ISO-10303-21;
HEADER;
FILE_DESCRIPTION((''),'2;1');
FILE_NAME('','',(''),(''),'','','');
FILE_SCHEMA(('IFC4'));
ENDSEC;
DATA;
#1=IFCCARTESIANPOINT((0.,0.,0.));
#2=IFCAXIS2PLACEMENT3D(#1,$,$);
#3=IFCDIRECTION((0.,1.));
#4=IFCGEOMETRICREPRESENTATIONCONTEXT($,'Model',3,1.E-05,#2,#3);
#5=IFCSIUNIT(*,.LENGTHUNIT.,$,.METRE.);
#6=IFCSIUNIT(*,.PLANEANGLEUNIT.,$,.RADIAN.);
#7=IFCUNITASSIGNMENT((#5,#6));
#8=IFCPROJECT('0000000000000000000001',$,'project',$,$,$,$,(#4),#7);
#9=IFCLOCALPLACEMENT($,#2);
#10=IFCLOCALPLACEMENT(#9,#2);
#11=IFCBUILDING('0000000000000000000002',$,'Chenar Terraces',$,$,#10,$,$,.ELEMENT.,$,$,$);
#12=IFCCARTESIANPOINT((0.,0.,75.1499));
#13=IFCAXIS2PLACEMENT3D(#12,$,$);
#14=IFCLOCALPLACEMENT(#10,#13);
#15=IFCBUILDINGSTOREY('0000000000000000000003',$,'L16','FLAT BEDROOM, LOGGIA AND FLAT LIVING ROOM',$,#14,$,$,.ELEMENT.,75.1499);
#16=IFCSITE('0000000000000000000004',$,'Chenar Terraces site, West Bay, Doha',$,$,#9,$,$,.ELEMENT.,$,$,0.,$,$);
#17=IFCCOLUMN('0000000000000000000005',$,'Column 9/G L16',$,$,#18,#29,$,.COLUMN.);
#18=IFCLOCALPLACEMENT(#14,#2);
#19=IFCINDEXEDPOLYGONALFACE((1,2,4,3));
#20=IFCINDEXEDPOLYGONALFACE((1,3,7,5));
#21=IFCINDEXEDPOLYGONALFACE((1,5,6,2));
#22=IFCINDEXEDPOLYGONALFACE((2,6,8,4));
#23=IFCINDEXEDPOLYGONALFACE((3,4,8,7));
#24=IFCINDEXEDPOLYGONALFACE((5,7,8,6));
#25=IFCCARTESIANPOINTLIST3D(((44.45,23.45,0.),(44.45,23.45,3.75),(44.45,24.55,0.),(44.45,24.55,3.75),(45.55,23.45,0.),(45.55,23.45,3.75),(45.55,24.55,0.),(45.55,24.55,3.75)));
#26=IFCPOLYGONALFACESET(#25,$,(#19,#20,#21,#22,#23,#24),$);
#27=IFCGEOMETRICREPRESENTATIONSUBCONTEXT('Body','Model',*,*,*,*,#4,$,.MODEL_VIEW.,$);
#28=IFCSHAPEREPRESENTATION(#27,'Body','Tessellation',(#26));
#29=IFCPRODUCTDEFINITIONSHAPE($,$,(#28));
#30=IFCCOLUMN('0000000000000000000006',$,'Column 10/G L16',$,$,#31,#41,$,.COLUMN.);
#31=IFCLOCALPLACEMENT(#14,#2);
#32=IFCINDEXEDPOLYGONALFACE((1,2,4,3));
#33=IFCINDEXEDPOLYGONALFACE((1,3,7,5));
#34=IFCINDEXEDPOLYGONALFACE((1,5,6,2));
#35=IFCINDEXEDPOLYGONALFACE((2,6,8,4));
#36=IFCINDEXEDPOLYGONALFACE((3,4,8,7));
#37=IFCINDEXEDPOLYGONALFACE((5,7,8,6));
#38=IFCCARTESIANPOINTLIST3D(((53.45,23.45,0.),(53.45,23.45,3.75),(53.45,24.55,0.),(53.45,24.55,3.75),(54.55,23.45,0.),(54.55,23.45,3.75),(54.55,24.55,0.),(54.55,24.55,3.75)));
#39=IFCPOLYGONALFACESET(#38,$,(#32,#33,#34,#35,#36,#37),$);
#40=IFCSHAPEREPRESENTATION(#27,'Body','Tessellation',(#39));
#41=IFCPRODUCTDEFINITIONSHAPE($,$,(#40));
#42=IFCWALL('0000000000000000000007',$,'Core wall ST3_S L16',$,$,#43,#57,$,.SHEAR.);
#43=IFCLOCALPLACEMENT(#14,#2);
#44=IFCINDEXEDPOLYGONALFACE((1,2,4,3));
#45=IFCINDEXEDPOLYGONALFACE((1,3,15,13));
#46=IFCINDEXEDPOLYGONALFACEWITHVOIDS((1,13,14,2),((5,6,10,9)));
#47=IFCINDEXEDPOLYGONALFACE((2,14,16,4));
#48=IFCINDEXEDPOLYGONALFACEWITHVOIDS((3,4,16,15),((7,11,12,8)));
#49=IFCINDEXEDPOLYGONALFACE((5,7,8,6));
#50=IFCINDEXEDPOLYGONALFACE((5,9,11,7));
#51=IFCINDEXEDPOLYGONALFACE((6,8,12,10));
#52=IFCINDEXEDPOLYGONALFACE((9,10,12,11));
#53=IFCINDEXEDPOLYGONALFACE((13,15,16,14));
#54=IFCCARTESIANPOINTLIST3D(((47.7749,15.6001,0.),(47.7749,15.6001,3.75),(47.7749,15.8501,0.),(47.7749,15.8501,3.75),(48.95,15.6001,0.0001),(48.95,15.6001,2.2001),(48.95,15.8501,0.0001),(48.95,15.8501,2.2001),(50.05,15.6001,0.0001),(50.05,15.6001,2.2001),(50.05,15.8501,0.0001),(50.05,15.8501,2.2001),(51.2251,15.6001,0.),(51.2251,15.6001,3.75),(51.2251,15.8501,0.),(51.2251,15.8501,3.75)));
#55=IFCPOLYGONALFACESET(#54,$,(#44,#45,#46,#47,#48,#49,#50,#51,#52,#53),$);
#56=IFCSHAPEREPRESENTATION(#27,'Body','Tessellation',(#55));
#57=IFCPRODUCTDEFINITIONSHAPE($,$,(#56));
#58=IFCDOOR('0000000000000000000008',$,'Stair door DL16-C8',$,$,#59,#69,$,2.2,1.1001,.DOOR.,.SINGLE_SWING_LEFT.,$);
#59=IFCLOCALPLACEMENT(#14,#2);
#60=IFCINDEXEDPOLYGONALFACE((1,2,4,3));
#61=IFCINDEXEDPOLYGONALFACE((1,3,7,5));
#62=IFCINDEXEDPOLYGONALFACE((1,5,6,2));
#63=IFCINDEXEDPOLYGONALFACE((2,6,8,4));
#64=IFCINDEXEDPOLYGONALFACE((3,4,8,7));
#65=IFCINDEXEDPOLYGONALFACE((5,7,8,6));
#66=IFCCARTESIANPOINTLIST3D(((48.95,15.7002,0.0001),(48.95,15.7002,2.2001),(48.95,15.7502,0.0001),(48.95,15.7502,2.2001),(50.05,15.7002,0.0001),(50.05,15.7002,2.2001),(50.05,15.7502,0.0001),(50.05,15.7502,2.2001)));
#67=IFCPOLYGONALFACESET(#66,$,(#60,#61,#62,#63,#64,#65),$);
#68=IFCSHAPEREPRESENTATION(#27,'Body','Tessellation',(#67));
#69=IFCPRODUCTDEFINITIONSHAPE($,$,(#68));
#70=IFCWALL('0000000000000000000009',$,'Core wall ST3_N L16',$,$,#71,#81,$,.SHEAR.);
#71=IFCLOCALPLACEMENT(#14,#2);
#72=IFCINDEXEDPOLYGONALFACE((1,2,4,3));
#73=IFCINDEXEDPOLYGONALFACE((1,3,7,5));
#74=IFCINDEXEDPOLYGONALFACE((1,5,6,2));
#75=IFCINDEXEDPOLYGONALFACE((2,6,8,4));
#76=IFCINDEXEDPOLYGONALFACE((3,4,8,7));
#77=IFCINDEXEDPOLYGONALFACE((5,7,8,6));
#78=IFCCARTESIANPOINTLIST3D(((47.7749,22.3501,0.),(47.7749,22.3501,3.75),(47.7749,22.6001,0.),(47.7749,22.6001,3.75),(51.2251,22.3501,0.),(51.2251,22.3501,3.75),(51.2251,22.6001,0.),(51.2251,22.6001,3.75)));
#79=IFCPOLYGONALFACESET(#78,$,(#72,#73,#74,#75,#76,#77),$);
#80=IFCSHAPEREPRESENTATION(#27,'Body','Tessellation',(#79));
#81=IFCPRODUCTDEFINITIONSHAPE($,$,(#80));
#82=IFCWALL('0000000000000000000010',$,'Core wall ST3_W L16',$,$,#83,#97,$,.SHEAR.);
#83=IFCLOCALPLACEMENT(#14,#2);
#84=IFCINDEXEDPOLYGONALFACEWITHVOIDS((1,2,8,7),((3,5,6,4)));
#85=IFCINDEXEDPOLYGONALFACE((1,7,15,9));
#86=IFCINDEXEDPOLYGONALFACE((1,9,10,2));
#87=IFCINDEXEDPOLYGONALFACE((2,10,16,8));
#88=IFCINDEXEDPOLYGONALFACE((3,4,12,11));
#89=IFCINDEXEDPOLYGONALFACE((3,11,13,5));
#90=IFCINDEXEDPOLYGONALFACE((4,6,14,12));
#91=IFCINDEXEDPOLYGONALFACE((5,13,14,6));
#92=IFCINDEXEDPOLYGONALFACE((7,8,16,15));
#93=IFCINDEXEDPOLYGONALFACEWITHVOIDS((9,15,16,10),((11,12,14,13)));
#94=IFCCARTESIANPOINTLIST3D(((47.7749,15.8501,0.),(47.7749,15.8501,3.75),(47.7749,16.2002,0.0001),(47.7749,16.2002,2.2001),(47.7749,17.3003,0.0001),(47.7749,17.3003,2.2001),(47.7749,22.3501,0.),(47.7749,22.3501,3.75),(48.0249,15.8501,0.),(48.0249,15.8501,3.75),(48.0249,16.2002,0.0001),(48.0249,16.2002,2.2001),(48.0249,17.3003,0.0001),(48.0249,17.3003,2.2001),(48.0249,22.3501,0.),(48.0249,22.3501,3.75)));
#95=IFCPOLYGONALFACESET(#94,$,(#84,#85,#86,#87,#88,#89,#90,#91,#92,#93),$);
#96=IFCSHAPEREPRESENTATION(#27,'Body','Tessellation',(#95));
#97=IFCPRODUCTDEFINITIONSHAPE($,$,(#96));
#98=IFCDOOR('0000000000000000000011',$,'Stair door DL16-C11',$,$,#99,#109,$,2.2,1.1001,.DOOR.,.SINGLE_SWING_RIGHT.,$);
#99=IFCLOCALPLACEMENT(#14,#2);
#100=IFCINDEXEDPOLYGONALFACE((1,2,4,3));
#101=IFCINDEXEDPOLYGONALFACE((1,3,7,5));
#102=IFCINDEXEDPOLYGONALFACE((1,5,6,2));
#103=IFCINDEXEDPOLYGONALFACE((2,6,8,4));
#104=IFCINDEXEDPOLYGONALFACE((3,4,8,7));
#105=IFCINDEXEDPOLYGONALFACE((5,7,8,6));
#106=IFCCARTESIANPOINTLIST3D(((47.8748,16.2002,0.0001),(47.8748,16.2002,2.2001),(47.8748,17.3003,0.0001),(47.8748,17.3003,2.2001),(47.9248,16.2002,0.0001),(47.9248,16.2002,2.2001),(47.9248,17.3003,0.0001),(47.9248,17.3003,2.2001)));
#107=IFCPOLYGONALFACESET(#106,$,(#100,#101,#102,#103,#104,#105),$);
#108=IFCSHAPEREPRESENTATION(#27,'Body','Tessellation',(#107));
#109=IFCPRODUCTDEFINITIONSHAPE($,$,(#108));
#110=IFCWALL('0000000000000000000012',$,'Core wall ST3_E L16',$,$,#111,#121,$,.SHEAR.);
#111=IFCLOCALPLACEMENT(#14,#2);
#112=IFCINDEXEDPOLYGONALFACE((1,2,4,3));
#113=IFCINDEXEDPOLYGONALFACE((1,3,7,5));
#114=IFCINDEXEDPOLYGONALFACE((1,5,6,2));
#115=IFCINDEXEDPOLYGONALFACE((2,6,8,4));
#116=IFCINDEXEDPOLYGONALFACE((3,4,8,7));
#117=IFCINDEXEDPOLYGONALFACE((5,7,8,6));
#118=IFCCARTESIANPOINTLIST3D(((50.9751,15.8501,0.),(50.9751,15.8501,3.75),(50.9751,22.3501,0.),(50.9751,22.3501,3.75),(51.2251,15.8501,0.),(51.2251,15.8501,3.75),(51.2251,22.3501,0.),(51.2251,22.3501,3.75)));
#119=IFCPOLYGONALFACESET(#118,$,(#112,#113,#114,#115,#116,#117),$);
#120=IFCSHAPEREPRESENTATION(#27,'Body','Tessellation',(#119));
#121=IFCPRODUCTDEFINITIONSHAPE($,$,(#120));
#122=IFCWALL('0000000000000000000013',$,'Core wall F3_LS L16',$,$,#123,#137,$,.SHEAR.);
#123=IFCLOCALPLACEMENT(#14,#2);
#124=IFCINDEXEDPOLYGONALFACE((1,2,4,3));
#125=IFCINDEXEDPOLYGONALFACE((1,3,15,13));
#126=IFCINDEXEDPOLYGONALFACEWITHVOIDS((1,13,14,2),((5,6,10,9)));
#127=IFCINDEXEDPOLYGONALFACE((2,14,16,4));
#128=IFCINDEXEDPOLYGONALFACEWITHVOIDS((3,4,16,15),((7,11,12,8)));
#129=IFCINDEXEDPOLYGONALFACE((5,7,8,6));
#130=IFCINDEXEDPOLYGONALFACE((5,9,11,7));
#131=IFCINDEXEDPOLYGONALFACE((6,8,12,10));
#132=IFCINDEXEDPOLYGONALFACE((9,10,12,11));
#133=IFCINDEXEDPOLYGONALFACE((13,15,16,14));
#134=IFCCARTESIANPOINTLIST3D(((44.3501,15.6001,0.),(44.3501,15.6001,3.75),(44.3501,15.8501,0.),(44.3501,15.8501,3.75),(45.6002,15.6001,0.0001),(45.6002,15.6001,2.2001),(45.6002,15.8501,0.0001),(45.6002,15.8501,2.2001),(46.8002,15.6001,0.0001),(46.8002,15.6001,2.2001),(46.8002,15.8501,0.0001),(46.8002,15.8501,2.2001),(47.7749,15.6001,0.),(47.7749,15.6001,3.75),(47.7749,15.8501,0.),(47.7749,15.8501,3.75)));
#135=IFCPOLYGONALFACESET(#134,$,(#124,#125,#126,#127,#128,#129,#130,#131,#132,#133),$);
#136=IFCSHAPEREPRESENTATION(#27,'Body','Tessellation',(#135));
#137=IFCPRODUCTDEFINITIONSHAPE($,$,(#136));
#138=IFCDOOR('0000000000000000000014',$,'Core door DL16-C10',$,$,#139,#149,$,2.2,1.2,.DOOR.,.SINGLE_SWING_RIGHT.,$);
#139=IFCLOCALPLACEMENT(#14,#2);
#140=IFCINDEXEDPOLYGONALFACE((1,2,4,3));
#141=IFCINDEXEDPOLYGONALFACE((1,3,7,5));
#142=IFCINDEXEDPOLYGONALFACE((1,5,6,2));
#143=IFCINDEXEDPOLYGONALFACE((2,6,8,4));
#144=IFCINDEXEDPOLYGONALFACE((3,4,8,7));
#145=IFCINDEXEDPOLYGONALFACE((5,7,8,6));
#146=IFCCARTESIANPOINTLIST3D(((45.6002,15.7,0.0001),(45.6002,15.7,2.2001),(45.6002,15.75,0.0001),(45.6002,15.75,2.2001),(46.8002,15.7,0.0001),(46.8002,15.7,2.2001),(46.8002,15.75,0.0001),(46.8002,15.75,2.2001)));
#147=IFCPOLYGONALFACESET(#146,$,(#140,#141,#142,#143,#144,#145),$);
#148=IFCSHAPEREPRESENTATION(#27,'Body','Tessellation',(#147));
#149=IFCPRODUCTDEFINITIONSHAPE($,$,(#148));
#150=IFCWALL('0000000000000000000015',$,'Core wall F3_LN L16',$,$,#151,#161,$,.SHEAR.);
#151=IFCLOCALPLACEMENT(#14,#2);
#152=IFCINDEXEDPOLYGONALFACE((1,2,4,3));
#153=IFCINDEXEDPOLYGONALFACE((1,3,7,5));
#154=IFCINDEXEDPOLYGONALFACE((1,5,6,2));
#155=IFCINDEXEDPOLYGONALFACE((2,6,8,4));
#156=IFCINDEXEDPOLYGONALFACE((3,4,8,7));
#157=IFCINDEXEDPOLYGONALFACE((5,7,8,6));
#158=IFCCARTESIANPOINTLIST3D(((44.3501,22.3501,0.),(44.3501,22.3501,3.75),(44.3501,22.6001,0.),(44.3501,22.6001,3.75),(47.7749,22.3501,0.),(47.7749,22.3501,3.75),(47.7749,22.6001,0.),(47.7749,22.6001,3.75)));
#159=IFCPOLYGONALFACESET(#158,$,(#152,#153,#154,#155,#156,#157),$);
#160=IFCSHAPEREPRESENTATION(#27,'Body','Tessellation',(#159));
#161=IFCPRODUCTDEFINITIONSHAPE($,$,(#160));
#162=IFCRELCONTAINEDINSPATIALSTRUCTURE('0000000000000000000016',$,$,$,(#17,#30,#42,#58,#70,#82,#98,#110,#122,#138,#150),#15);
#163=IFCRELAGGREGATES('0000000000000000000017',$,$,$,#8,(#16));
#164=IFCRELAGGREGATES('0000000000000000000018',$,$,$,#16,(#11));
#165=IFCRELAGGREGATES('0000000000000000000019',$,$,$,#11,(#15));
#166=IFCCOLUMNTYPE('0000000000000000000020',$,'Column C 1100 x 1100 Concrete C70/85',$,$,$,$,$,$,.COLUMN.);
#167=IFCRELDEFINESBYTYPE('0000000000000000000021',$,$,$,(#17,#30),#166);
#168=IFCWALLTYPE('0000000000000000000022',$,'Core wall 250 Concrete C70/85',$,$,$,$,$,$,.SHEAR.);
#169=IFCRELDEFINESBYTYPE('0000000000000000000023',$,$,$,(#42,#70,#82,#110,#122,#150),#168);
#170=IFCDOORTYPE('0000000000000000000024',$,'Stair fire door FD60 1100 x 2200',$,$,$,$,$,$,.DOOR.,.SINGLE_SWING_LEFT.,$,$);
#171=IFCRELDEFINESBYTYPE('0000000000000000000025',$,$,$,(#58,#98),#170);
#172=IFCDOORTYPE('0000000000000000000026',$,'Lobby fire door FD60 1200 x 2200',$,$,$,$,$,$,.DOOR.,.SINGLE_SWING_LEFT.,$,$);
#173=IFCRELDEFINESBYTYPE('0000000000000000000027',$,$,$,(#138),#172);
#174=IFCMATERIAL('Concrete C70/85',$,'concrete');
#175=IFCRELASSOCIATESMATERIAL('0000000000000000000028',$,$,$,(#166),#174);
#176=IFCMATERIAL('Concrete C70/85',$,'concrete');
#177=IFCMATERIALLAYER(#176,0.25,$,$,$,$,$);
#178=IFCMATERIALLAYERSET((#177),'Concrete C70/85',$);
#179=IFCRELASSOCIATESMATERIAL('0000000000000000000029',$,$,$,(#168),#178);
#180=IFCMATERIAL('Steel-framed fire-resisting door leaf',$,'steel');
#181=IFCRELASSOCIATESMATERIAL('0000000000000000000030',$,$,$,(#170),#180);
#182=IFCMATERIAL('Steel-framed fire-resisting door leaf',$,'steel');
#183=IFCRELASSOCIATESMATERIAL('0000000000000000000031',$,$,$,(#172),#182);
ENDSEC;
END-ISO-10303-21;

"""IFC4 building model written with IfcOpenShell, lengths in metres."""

from ifc_helpers import new_model, si_unit, direction, frame, frame_2d, origin, origin_2d, place, context, subcontext, project, spatial, rectangle, extrude, material, layer, layer_set, material_profile, profile_set, type_object, element, fill, save


model = new_model("IFC4")

# Units and contexts
model_context = context("Model", 3, precision=1e-05, world=origin(), true_north=direction((0.0, 1.0)))
body_context = subcontext(model_context, "Body", "Model", "MODEL_VIEW")
ifc_project = project(units=[si_unit("LENGTHUNIT", "METRE"), si_unit("PLANEANGLEUNIT", "RADIAN")], contexts=[model_context])

# Site, building, storey
site_placement = place(None, origin())
site = spatial("IfcSite", under=ifc_project, at=site_placement, Name="Chenar Terraces site, West Bay, Doha", CompositionType="ELEMENT", RefElevation=0.0)
building_placement = place(site_placement, origin())
building = spatial("IfcBuilding", under=site, at=building_placement, Name="Chenar Terraces", CompositionType="ELEMENT")
storey_placement = place(building_placement, frame((0.0, 0.0, 75.1499)))
storey = spatial("IfcBuildingStorey", under=building, at=storey_placement, Name="L16", Description="FLAT BEDROOM, LOGGIA AND FLAT LIVING ROOM", CompositionType="ELEMENT", Elevation=75.1499)

# Columns
ifc_material_1 = material(Name="Concrete C70/85", Category="concrete")
ifc_material_profile = material_profile(ifc_material_1, rectangle(XDim=1.1001, YDim=1.1001, at=origin_2d()), Name="C 1100 x 1100")
ifc_profile_set = profile_set([ifc_material_profile], Name="Concrete C70/85")
column_type = type_object("IfcColumnType", Name="Column C 1100 x 1100 Concrete C70/85", PredefinedType="COLUMN", material=ifc_profile_set)
for number, where, z_axis, x_axis, name in (
    (1, (45.0, 24.0, 0.0), (0.0, 0.0, 1.0), (1.0, 0.0, 0.0), "Column 9/G L16"),
    (2, (54.0, 24.0, 0.0), (0.0, 0.0, 1.0), (1.0, 0.0, 0.0), "Column 10/G L16"),
):
    element("IfcColumn", number, at=place(storey_placement, frame(where, z_axis=z_axis, x_axis=x_axis)), inside=storey, type_object=column_type, Name=name, PredefinedType="COLUMN", context=body_context, shape_type="SweptSolid", body=[
        extrude(rectangle(XDim=1.1001, YDim=1.1001, at=origin_2d()), origin(), (0.0, 0.0, 1.0), 3.75),
    ])

# Wall, opening, door
ifc_material_2 = material(Name="Concrete C70/85", Category="concrete")
ifc_layer_1 = layer(ifc_material_2, 0.25)
ifc_layer_set_1 = layer_set([ifc_layer_1], Name="Concrete C70/85")
wall_type_1 = type_object("IfcWallType", Name="Core wall 250 Concrete C70/85", PredefinedType="SHEAR", material=ifc_layer_set_1)
wall_1_placement = place(storey_placement, frame((47.7749, 15.7251, 0.0), z_axis=(0.0, 0.0, 1.0), x_axis=(1.0, 0.0, 0.0)))
wall_1 = element("IfcWall", 3, at=wall_1_placement, inside=storey, type_object=wall_type_1, Name="Core wall ST3_S L16", PredefinedType="SHEAR", context=body_context, shape_type="SweptSolid", body=[
    extrude(rectangle(XDim=3.4502, YDim=0.25, at=frame_2d((1.7251, 0.0))), origin(), (0.0, 0.0, 1.0), 3.75),
])
opening_1_placement = place(wall_1_placement, frame((1.175, 0.0, 0.0)))
opening_1 = element("IfcOpeningElement", 4, at=opening_1_placement, cuts=wall_1, PredefinedType="OPENING", context=body_context, shape_type="SweptSolid", body=[
    extrude(rectangle(XDim=1.1001, YDim=2.2, at=frame_2d((0.55, 1.1001))), frame((0.0, 0.135, 0.0), z_axis=(0.0, -1.0, 0.0), x_axis=(1.0, 0.0, 0.0)), (0.0, 0.0, 1.0), 0.27),
])
ifc_material_3 = material(Name="Steel-framed fire-resisting door leaf", Category="steel")
door_type_1 = type_object("IfcDoorType", Name="Stair fire door FD60 1100 x 2200", OperationType="SINGLE_SWING_LEFT", PredefinedType="DOOR", material=ifc_material_3)
door_1_placement = place(opening_1_placement, frame((1.1001, 0.0, 0.0), z_axis=(0.0, 0.0, 1.0), x_axis=(-1.0, 0.0, 0.0)))
door_1 = element("IfcDoor", 5, at=door_1_placement, inside=storey, type_object=door_type_1, Name="Stair door DL16-C8", OperationType="SINGLE_SWING_LEFT", OverallHeight=2.2, OverallWidth=1.1001, PredefinedType="DOOR", context=body_context, shape_type="SweptSolid", body=[
    extrude(rectangle(XDim=1.1001, YDim=2.2, at=frame_2d((0.55, 1.1001))), frame((0.0, 0.0249, 0.0), z_axis=(0.0, -1.0, 0.0), x_axis=(1.0, 0.0, 0.0)), (0.0, 0.0, 1.0), 0.05),
])
fill(opening_1, door_1)

# Wall
wall_2_placement = place(storey_placement, frame((47.7749, 22.4751, 0.0), z_axis=(0.0, 0.0, 1.0), x_axis=(1.0, 0.0, 0.0)))
element("IfcWall", 6, at=wall_2_placement, inside=storey, type_object=wall_type_1, Name="Core wall ST3_N L16", PredefinedType="SHEAR", context=body_context, shape_type="SweptSolid", body=[
    extrude(rectangle(XDim=3.4502, YDim=0.25, at=frame_2d((1.7251, 0.0))), origin(), (0.0, 0.0, 1.0), 3.75),
])

# Wall, opening, door
wall_3_placement = place(storey_placement, frame((47.8999, 15.8501, 0.0), z_axis=(0.0, 0.0, 1.0), x_axis=(0.0, 1.0, 0.0)))
wall_3 = element("IfcWall", 7, at=wall_3_placement, inside=storey, type_object=wall_type_1, Name="Core wall ST3_W L16", PredefinedType="SHEAR", context=body_context, shape_type="SweptSolid", body=[
    extrude(rectangle(XDim=6.5, YDim=0.25, at=frame_2d((3.25, 0.0))), origin(), (0.0, 0.0, 1.0), 3.75),
])
opening_2_placement = place(wall_3_placement, frame((0.3501, 0.0, 0.0)))
opening_2 = element("IfcOpeningElement", 8, at=opening_2_placement, cuts=wall_3, PredefinedType="OPENING", context=body_context, shape_type="SweptSolid", body=[
    extrude(rectangle(XDim=1.1001, YDim=2.2, at=frame_2d((0.55, 1.1001))), frame((0.0, 0.135, 0.0), z_axis=(0.0, -1.0, 0.0), x_axis=(1.0, 0.0, 0.0)), (0.0, 0.0, 1.0), 0.27),
])
door_2_placement = place(opening_2_placement, frame((1.1001, 0.0, 0.0), z_axis=(0.0, 0.0, 1.0), x_axis=(-1.0, 0.0, 0.0)))
door_2 = element("IfcDoor", 9, at=door_2_placement, inside=storey, type_object=door_type_1, Name="Stair door DL16-C11", OperationType="SINGLE_SWING_RIGHT", OverallHeight=2.2, OverallWidth=1.1001, PredefinedType="DOOR", context=body_context, shape_type="SweptSolid", body=[
    extrude(rectangle(XDim=1.1001, YDim=2.2, at=frame_2d((0.55, 1.1001))), frame((0.0, 0.0249, 0.0), z_axis=(0.0, -1.0, 0.0), x_axis=(1.0, 0.0, 0.0)), (0.0, 0.0, 1.0), 0.05),
])
fill(opening_2, door_2)

# Wall
wall_4_placement = place(storey_placement, frame((51.1001, 15.8501, 0.0), z_axis=(0.0, 0.0, 1.0), x_axis=(0.0, 1.0, 0.0)))
element("IfcWall", 10, at=wall_4_placement, inside=storey, type_object=wall_type_1, Name="Core wall ST3_E L16", PredefinedType="SHEAR", context=body_context, shape_type="SweptSolid", body=[
    extrude(rectangle(XDim=6.5, YDim=0.25, at=frame_2d((3.25, 0.0))), origin(), (0.0, 0.0, 1.0), 3.75),
])

# Wall, opening, door
wall_5_placement = place(storey_placement, frame((44.3501, 15.7251, 0.0), z_axis=(0.0, 0.0, 1.0), x_axis=(1.0, 0.0, 0.0)))
wall_5 = element("IfcWall", 11, at=wall_5_placement, inside=storey, type_object=wall_type_1, Name="Core wall F3_LS L16", PredefinedType="SHEAR", context=body_context, shape_type="SweptSolid", body=[
    extrude(rectangle(XDim=3.4248, YDim=0.25, at=frame_2d((1.7124, 0.0))), origin(), (0.0, 0.0, 1.0), 3.75),
])
opening_3_placement = place(wall_5_placement, frame((1.25, 0.0, 0.0)))
opening_3 = element("IfcOpeningElement", 12, at=opening_3_placement, cuts=wall_5, PredefinedType="OPENING", context=body_context, shape_type="SweptSolid", body=[
    extrude(rectangle(XDim=1.2, YDim=2.2, at=frame_2d((0.6001, 1.1001))), frame((0.0, 0.135, 0.0), z_axis=(0.0, -1.0, 0.0), x_axis=(1.0, 0.0, 0.0)), (0.0, 0.0, 1.0), 0.27),
])
ifc_material_4 = material(Name="Steel-framed fire-resisting door leaf", Category="steel")
door_type_2 = type_object("IfcDoorType", Name="Lobby fire door FD60 1200 x 2200", OperationType="SINGLE_SWING_LEFT", PredefinedType="DOOR", material=ifc_material_4)
door_3_placement = place(opening_3_placement, origin())
door_3 = element("IfcDoor", 13, at=door_3_placement, inside=storey, type_object=door_type_2, Name="Core door DL16-C10", OperationType="SINGLE_SWING_RIGHT", OverallHeight=2.2, OverallWidth=1.2, PredefinedType="DOOR", context=body_context, shape_type="SweptSolid", body=[
    extrude(rectangle(XDim=1.2, YDim=2.2, at=frame_2d((0.6001, 1.1001))), frame((0.0, 0.0249, 0.0), z_axis=(0.0, -1.0, 0.0), x_axis=(1.0, 0.0, 0.0)), (0.0, 0.0, 1.0), 0.05),
])
fill(opening_3, door_3)

# Wall
wall_6_placement = place(storey_placement, frame((44.3501, 22.4751, 0.0), z_axis=(0.0, 0.0, 1.0), x_axis=(1.0, 0.0, 0.0)))
element("IfcWall", 14, at=wall_6_placement, inside=storey, type_object=wall_type_1, Name="Core wall F3_LN L16", PredefinedType="SHEAR", context=body_context, shape_type="SweptSolid", body=[
    extrude(rectangle(XDim=3.4248, YDim=0.25, at=frame_2d((1.7124, 0.0))), origin(), (0.0, 0.0, 1.0), 3.75),
])

save(model, "model.ifc")
